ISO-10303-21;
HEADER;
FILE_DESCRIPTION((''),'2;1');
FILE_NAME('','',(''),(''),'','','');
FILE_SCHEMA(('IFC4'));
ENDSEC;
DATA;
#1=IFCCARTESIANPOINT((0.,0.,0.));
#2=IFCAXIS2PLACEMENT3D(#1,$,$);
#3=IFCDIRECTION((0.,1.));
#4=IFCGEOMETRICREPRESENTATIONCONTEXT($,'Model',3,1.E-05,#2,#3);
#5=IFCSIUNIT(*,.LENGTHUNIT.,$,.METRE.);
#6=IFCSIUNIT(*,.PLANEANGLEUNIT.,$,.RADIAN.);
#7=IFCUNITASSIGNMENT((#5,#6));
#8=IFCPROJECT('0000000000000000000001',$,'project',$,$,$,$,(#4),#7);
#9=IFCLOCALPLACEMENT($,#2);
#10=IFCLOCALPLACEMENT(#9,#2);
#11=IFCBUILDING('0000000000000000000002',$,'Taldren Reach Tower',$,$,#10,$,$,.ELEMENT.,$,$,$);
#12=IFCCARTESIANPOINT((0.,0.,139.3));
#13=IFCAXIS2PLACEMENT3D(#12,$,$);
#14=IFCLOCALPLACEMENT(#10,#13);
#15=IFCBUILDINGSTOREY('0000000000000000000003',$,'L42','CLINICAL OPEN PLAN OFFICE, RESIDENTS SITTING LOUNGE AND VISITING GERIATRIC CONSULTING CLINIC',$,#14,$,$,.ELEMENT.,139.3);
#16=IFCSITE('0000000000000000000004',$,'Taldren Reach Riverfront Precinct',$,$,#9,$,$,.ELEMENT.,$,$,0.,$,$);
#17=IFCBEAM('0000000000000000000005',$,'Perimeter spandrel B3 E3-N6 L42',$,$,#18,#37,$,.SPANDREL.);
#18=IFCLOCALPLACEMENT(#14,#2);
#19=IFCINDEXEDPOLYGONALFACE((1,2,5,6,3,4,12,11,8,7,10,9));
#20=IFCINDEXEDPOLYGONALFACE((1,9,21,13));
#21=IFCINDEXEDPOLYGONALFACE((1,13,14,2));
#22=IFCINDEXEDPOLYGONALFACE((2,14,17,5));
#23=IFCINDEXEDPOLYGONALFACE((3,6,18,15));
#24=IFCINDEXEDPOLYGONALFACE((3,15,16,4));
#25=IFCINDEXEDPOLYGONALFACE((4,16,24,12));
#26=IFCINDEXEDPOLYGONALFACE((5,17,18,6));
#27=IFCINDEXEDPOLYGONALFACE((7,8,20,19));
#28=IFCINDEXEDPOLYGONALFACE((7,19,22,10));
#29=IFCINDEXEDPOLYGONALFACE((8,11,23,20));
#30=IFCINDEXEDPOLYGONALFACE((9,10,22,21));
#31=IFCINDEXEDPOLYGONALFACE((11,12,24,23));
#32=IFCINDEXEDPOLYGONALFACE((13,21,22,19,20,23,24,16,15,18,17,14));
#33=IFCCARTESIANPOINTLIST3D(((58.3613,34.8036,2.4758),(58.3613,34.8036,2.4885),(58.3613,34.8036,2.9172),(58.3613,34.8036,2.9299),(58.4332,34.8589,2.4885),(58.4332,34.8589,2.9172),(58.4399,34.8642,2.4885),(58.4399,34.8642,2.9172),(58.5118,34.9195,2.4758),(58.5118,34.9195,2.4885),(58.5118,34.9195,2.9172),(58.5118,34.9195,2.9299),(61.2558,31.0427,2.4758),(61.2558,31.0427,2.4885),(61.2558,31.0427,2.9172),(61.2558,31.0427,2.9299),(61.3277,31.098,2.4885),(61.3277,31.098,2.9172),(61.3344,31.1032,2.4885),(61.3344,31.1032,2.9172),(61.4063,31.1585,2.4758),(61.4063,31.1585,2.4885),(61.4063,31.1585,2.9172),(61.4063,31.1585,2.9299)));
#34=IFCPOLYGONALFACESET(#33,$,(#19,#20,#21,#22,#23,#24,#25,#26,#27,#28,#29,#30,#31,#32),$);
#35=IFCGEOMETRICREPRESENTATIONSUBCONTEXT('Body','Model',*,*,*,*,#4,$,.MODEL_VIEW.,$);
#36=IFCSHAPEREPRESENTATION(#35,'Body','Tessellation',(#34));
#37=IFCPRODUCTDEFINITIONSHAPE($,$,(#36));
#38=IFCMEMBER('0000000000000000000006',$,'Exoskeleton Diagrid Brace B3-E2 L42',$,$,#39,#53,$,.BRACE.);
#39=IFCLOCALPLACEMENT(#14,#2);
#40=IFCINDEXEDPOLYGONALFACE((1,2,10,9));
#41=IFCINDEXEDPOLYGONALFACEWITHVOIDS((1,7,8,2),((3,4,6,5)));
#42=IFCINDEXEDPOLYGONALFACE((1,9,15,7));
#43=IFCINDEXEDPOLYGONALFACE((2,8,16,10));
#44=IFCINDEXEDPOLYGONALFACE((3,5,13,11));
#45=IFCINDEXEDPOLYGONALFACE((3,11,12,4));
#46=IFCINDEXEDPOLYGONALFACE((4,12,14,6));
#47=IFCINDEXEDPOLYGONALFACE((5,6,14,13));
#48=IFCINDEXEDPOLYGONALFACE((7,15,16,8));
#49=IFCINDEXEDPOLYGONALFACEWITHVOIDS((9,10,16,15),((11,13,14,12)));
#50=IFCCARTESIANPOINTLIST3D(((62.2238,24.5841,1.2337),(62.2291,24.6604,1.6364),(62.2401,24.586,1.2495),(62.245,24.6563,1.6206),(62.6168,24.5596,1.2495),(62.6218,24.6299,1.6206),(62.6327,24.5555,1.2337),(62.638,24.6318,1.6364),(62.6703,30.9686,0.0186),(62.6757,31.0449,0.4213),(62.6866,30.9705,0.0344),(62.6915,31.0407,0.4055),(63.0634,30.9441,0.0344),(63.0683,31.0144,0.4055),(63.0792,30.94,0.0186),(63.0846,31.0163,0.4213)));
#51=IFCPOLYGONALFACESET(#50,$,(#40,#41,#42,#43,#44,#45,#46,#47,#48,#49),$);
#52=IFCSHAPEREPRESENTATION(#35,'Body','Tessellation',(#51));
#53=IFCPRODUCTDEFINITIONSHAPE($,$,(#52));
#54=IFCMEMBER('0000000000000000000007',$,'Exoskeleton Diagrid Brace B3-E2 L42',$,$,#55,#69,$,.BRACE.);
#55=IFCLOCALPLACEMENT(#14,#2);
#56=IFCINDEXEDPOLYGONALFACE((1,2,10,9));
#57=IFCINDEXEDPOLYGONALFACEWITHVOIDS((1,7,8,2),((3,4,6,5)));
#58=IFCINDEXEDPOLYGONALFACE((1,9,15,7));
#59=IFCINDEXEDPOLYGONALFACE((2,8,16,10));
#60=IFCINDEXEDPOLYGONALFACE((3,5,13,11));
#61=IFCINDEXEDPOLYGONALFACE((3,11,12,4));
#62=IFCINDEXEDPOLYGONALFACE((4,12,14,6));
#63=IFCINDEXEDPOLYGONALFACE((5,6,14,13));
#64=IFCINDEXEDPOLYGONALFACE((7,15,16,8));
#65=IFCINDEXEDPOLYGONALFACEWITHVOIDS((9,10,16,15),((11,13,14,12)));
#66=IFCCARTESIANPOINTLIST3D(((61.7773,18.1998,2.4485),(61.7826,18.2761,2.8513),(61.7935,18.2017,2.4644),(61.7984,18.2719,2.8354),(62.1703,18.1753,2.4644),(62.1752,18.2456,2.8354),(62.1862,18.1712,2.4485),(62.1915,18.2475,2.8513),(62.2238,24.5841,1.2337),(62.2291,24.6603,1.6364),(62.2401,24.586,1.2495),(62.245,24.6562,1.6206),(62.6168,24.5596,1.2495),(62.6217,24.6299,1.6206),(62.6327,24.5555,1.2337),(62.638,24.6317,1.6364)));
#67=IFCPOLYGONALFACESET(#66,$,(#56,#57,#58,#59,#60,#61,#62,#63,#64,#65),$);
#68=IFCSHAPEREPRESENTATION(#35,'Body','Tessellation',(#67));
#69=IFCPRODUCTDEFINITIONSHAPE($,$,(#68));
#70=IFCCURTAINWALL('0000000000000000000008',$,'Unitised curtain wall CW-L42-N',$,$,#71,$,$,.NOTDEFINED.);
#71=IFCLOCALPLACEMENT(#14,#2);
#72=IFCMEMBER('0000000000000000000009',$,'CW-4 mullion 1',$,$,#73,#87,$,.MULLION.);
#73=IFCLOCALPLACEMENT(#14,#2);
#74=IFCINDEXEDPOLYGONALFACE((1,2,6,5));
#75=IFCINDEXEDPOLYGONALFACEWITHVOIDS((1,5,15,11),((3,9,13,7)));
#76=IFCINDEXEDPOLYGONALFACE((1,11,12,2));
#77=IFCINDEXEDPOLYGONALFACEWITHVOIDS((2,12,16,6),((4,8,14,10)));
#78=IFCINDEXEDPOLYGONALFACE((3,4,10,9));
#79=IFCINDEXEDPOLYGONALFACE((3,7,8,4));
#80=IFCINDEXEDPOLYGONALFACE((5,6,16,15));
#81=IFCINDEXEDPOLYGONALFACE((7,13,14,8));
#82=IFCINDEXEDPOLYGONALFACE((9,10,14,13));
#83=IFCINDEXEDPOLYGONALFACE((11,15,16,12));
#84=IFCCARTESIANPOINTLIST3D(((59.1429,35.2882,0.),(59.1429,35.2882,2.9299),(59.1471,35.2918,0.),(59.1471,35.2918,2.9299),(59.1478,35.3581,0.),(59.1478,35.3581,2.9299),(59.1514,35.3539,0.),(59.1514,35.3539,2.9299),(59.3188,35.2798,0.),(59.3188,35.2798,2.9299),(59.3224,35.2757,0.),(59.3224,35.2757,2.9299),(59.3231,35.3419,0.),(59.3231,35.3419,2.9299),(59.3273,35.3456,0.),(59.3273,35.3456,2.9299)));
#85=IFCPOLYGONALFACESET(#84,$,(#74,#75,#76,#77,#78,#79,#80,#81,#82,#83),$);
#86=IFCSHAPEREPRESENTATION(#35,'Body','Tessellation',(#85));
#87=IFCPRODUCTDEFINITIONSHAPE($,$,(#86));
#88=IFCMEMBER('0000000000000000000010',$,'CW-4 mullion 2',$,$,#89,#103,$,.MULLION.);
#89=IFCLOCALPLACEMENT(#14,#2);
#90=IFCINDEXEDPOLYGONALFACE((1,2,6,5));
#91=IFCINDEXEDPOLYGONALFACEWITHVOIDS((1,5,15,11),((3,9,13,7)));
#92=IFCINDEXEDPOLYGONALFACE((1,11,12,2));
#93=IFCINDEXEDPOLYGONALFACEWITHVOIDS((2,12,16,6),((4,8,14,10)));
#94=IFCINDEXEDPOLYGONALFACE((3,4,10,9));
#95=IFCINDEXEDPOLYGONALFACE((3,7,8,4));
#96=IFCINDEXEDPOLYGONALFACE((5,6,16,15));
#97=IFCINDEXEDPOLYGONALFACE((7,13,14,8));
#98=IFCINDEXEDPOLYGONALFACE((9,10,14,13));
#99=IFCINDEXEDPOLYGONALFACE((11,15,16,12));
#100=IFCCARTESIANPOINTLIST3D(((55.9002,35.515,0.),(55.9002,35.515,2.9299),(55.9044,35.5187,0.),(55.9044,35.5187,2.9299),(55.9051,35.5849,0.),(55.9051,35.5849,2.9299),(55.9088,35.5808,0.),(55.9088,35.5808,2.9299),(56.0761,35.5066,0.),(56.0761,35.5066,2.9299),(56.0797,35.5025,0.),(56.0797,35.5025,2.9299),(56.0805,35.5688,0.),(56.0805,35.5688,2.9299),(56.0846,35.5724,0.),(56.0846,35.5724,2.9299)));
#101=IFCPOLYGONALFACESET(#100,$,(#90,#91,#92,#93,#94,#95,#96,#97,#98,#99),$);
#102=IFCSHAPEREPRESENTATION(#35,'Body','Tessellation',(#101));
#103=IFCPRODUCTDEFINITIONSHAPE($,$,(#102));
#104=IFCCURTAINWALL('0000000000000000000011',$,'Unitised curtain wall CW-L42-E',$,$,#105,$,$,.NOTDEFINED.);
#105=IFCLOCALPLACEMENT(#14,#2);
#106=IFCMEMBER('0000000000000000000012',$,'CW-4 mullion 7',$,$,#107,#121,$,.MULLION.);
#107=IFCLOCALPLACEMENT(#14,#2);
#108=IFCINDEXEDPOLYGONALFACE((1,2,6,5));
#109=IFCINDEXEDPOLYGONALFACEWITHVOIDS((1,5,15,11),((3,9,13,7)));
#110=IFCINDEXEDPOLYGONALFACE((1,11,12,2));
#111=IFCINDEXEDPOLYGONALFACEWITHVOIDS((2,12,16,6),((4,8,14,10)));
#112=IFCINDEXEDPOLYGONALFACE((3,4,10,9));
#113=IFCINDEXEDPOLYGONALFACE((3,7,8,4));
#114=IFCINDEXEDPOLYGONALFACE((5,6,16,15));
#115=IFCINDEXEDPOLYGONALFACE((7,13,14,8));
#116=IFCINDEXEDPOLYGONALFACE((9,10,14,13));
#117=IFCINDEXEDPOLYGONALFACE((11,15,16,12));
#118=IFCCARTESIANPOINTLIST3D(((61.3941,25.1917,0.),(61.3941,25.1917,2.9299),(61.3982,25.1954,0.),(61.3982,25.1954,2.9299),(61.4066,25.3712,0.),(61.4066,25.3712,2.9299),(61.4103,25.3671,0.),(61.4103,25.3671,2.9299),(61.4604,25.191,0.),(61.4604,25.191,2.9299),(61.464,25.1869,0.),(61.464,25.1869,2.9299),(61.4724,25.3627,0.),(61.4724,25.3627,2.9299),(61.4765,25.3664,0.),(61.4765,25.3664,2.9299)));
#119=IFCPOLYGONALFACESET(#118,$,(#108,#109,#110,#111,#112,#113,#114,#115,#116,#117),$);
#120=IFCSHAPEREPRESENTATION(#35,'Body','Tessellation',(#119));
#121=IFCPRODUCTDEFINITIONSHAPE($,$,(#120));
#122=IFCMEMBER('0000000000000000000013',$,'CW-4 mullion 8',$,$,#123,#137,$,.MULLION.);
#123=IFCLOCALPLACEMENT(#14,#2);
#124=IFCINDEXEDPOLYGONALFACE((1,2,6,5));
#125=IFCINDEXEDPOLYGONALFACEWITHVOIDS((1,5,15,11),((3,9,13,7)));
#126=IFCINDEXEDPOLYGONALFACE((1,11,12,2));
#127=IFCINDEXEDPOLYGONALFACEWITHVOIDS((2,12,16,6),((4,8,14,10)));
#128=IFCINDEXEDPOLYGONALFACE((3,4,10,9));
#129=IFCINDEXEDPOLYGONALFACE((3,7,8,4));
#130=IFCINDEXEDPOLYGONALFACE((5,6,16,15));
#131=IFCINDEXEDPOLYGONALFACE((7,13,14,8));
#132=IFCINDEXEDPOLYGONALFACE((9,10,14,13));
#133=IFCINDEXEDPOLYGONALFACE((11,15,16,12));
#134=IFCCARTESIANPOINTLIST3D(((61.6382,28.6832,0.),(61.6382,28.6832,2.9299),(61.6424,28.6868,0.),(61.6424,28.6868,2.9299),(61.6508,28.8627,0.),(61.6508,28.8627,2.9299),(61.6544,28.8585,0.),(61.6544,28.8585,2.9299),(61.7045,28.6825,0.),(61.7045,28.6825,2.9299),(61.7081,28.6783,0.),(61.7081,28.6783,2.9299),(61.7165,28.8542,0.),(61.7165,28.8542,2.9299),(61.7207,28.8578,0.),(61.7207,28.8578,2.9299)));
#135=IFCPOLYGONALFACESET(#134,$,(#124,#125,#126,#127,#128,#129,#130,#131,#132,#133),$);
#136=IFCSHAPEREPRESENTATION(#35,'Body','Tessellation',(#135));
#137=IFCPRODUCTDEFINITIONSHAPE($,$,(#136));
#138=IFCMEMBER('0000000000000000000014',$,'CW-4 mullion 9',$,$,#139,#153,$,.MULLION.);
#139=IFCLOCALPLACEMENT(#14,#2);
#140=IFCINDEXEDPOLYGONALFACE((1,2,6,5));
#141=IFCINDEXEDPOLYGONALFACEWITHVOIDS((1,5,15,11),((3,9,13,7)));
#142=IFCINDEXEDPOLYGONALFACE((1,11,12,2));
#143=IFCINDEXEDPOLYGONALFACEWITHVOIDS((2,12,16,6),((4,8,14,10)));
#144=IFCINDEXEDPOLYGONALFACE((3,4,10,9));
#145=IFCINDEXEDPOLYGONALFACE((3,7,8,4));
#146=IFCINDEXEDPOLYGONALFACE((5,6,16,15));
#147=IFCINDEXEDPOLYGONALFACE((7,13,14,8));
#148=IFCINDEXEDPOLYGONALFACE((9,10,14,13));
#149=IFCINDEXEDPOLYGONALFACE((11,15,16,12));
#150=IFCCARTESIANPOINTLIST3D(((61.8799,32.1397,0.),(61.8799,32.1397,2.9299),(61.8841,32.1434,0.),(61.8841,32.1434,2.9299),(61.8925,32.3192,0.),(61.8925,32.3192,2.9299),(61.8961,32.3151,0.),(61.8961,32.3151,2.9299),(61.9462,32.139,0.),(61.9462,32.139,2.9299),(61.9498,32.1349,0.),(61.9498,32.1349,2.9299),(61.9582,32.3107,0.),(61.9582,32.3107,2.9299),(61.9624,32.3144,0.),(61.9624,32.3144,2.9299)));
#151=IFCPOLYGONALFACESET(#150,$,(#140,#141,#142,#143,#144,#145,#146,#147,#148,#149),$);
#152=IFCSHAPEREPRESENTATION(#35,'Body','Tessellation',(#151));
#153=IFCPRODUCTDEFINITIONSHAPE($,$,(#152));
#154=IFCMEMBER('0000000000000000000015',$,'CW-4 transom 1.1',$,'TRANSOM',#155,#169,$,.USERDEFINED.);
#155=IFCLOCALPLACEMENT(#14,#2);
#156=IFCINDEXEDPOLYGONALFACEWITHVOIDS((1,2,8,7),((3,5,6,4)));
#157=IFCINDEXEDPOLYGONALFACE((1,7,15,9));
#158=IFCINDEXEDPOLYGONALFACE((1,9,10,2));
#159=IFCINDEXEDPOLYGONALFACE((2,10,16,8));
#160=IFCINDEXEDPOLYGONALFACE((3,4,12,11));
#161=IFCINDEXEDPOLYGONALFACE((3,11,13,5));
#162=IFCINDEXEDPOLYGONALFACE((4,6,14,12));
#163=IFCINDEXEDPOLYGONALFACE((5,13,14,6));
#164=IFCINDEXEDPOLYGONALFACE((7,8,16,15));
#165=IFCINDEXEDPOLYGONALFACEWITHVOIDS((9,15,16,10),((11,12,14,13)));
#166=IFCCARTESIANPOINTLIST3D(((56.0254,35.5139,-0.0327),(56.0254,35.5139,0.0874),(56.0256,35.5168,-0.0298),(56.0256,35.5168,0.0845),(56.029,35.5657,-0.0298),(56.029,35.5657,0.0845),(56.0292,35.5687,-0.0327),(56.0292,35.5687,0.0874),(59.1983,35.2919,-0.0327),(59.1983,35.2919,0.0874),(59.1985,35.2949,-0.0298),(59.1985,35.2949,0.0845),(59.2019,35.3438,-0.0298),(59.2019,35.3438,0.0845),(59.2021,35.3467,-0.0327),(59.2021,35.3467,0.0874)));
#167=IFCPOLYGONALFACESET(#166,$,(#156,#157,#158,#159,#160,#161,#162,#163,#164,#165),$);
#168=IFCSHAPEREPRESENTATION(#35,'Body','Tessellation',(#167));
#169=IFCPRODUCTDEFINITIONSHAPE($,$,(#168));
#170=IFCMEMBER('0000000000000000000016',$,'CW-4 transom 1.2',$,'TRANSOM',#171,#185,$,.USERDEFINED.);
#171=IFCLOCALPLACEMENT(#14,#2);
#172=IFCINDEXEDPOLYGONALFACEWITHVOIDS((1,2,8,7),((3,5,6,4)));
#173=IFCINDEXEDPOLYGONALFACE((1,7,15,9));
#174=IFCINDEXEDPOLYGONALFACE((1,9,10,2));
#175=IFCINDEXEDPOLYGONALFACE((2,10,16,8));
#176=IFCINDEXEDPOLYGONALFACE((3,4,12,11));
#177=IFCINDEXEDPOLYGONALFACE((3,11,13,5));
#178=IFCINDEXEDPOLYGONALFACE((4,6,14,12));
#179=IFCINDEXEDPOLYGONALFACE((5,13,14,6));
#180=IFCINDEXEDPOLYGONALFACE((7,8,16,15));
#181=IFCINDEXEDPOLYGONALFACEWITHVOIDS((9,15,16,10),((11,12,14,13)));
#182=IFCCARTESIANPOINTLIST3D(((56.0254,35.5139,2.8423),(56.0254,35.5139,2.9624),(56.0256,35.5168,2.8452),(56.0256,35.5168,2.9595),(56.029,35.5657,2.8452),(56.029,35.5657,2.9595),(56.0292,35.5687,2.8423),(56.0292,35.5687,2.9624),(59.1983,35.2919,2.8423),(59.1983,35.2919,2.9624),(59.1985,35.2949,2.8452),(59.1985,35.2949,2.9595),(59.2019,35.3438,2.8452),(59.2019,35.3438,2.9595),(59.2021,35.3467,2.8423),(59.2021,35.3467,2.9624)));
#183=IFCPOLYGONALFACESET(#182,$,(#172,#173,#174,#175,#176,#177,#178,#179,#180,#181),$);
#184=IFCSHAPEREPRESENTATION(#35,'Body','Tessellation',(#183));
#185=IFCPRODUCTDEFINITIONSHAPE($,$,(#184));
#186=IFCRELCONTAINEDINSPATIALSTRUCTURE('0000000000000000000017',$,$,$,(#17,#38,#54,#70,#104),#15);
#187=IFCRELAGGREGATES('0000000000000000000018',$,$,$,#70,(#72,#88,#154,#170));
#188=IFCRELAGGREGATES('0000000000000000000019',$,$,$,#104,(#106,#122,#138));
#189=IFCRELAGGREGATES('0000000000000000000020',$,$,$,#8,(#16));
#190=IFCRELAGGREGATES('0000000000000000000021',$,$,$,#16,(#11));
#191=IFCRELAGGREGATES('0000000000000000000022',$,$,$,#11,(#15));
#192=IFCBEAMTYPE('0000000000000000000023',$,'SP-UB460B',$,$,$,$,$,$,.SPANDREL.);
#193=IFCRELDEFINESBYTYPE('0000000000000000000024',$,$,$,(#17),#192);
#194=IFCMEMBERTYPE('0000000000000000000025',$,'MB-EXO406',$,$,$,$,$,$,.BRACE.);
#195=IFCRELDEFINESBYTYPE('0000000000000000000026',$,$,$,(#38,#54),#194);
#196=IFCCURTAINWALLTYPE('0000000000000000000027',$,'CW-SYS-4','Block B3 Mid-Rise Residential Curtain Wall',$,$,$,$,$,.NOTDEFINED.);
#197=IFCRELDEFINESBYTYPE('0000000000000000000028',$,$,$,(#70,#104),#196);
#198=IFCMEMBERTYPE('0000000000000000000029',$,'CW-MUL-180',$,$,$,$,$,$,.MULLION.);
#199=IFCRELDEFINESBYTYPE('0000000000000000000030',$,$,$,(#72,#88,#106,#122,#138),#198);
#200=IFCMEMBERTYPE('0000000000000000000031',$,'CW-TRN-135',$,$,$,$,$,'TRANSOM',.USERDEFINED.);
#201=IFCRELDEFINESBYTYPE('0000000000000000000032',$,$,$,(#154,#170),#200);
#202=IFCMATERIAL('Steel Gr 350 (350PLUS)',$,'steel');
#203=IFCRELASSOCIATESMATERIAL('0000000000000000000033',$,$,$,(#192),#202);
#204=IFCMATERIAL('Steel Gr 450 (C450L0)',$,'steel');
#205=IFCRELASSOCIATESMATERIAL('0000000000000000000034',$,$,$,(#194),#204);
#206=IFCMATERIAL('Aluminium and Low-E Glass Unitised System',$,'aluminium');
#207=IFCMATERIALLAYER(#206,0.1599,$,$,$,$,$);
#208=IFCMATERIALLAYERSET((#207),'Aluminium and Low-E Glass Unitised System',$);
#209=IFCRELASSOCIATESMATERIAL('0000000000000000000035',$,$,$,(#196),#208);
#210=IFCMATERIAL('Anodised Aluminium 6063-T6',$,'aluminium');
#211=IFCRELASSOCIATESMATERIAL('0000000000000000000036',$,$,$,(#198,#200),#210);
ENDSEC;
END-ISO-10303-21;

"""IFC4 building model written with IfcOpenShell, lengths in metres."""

from ifc_helpers import new_model, si_unit, direction, frame, origin, origin_2d, place, context, subcontext, project, spatial, hollow_rectangle, i_section, extrude, source, transform, mapped, material, layer, layer_set, material_profile, profile_set, type_object, element, aggregate, save


model = new_model("IFC4")

# Units and contexts
model_context = context("Model", 3, precision=1e-05, world=origin(), true_north=direction((0.0, 1.0)))
body_context = subcontext(model_context, "Body", "Model", "MODEL_VIEW")
ifc_project = project(units=[si_unit("LENGTHUNIT", "METRE"), si_unit("PLANEANGLEUNIT", "RADIAN")], contexts=[model_context])

# Site, building, storey
site_placement = place(None, origin())
site = spatial("IfcSite", under=ifc_project, at=site_placement, Name="Taldren Reach Riverfront Precinct", CompositionType="ELEMENT", RefElevation=0.0)
building_placement = place(site_placement, origin())
building = spatial("IfcBuilding", under=site, at=building_placement, Name="Taldren Reach Tower", CompositionType="ELEMENT")
storey_placement = place(building_placement, frame((0.0, 0.0, 139.3)))
storey = spatial("IfcBuildingStorey", under=building, at=storey_placement, Name="L42", Description="CLINICAL OPEN PLAN OFFICE, RESIDENTS SITTING LOUNGE AND VISITING GERIATRIC CONSULTING CLINIC", CompositionType="ELEMENT", Elevation=139.3)

# Shared definitions
ifc_material_1 = material(Name="Steel Gr 450 (C450L0)", Category="steel")
ifc_material_2 = material(Name="Steel Gr 350 (350PLUS)", Category="steel")

# Beam
ifc_material_profile_1 = material_profile(ifc_material_2, i_section(OverallWidth=0.1899, OverallDepth=0.4541, WebThickness=0.0085, FlangeThickness=0.0127, at=origin_2d()), Name="460UB67.1")
ifc_profile_set_1 = profile_set([ifc_material_profile_1], Name="Steel Gr 350 (350PLUS)")
beam_type = type_object("IfcBeamType", Name="SP-UB460B", PredefinedType="SPANDREL", material=ifc_profile_set_1)
shared_shape_1 = source(origin(), body_context, "Body", "SweptSolid", [
    extrude(i_section(OverallWidth=0.1899, OverallDepth=0.4541, WebThickness=0.0085, FlangeThickness=0.0127, at=origin_2d()), origin(), (0.0, 0.0, 1.0), 4.7458),
])
beam_1_placement = place(storey_placement, frame((61.3311, 31.1006, 2.7029), z_axis=(-0.609905, 0.792475, 0.0), x_axis=(-0.792475, -0.609905, 0.0)))
element("IfcBeam", 1, at=beam_1_placement, inside=storey, type_object=beam_type, Name="Perimeter spandrel B3 E3-N6 L42", PredefinedType="SPANDREL", context=body_context, shape_type="MappedRepresentation", body=[
    mapped(shared_shape_1, transform((0.0, 0.0, 0.0), scale=1.0)),
])

# Members
ifc_material_profile_2 = material_profile(ifc_material_1, hollow_rectangle(XDim=0.4099, YDim=0.4099, WallThickness=0.0161, at=origin_2d()), Name="410x410x16.0SHS")
ifc_profile_set_2 = profile_set([ifc_material_profile_2], Name="Steel Gr 450 (C450L0)")
member_type_1 = type_object("IfcMemberType", Name="MB-EXO406", PredefinedType="BRACE", material=ifc_profile_set_2)
shared_shape_2 = source(origin(), body_context, "Body", "SweptSolid", [
    extrude(hollow_rectangle(XDim=0.4099, YDim=0.4099, WallThickness=0.0161, at=origin_2d()), origin(), (0.0, 0.0, 1.0), 6.5144),
])
member_1_placement = place(storey_placement, frame((62.8774, 30.9924, 0.22), z_axis=(-0.068545, -0.980057, 0.186522), x_axis=(0.997563, -0.06977, 0.0)))
element("IfcMember", 2, at=member_1_placement, inside=storey, type_object=member_type_1, Name="Exoskeleton Diagrid Brace B3-E2 L42", PredefinedType="BRACE", context=body_context, shape_type="MappedRepresentation", body=[
    mapped(shared_shape_2, transform((0.0, 0.0, 0.0), scale=1.0)),
])
shared_shape_3 = source(origin(), body_context, "Body", "SweptSolid", [
    extrude(hollow_rectangle(XDim=0.4099, YDim=0.4099, WallThickness=0.0161, at=origin_2d()), origin(), (0.0, 0.0, 1.0), 6.5142),
])
member_2_placement = place(storey_placement, frame((62.4309, 24.6079, 1.4351), z_axis=(-0.068548, -0.980062, 0.186493), x_axis=(0.997563, -0.069772, 0.0)))
element("IfcMember", 3, at=member_2_placement, inside=storey, type_object=member_type_1, Name="Exoskeleton Diagrid Brace B3-E2 L42", PredefinedType="BRACE", context=body_context, shape_type="MappedRepresentation", body=[
    mapped(shared_shape_3, transform((0.0, 0.0, 0.0), scale=1.0)),
])

# Curtain walls, members
ifc_material_3 = material(Name="Aluminium and Low-E Glass Unitised System", Category="aluminium")
ifc_layer_1 = layer(ifc_material_3, 0.1599)
ifc_layer_set_1 = layer_set([ifc_layer_1], Name="Aluminium and Low-E Glass Unitised System")
curtain_wall_type = type_object("IfcCurtainWallType", Name="CW-SYS-4", Description="Block B3 Mid-Rise Residential Curtain Wall", PredefinedType="NOTDEFINED", material=ifc_layer_set_1)
curtain_wall_1_placement = place(storey_placement, origin())
curtain_wall_1 = element("IfcCurtainWall", 4, at=curtain_wall_1_placement, inside=storey, type_object=curtain_wall_type, Name="Unitised curtain wall CW-L42-N", PredefinedType="NOTDEFINED")
ifc_material_4 = material(Name="Anodised Aluminium 6063-T6", Category="aluminium")
ifc_material_profile_3 = material_profile(ifc_material_4, hollow_rectangle(XDim=0.0701, YDim=0.1799, WallThickness=0.0039, at=origin_2d()), Name="ALU-180x70x4RHS")
ifc_profile_set_3 = profile_set([ifc_material_profile_3], Name="Anodised Aluminium 6063-T6")
member_type_2 = type_object("IfcMemberType", Name="CW-MUL-180", PredefinedType="MULLION", material=ifc_profile_set_3)
shared_shape_4 = source(origin(), body_context, "Body", "SweptSolid", [
    extrude(hollow_rectangle(XDim=0.0701, YDim=0.1799, WallThickness=0.0039, at=origin_2d()), origin(), (0.0, 0.0, 1.0), 2.9299),
])
member_3_placement = place(storey_placement, frame((59.2351, 35.3169, 0.0), z_axis=(0.0, 0.0, 1.0), x_axis=(-0.069757, -0.997564, 0.0)))
member_3 = element("IfcMember", 5, at=member_3_placement, type_object=member_type_2, Name="CW-4 mullion 1", PredefinedType="MULLION", context=body_context, shape_type="MappedRepresentation", body=[
    mapped(shared_shape_4, transform((0.0, 0.0, 0.0), scale=1.0)),
])
member_4_placement = place(storey_placement, frame((55.9924, 35.5437, 0.0), z_axis=(0.0, 0.0, 1.0), x_axis=(-0.069757, -0.997564, 0.0)))
member_4 = element("IfcMember", 6, at=member_4_placement, type_object=member_type_2, Name="CW-4 mullion 2", PredefinedType="MULLION", context=body_context, shape_type="MappedRepresentation", body=[
    mapped(shared_shape_4, transform((0.0, 0.0, 0.0), scale=1.0)),
])
curtain_wall_2_placement = place(storey_placement, origin())
curtain_wall_2 = element("IfcCurtainWall", 7, at=curtain_wall_2_placement, inside=storey, type_object=curtain_wall_type, Name="Unitised curtain wall CW-L42-E", PredefinedType="NOTDEFINED")
member_5_placement = place(storey_placement, frame((61.4353, 25.2791, 0.0), z_axis=(0.0, 0.0, 1.0), x_axis=(-0.997564, 0.069756, 0.0)))
member_5 = element("IfcMember", 8, at=member_5_placement, type_object=member_type_2, Name="CW-4 mullion 7", PredefinedType="MULLION", context=body_context, shape_type="MappedRepresentation", body=[
    mapped(shared_shape_4, transform((0.0, 0.0, 0.0), scale=1.0)),
])
member_6_placement = place(storey_placement, frame((61.6794, 28.7705, 0.0), z_axis=(0.0, 0.0, 1.0), x_axis=(-0.997564, 0.069756, 0.0)))
member_6 = element("IfcMember", 9, at=member_6_placement, type_object=member_type_2, Name="CW-4 mullion 8", PredefinedType="MULLION", context=body_context, shape_type="MappedRepresentation", body=[
    mapped(shared_shape_4, transform((0.0, 0.0, 0.0), scale=1.0)),
])
member_7_placement = place(storey_placement, frame((61.9211, 32.2271, 0.0), z_axis=(0.0, 0.0, 1.0), x_axis=(-0.997564, 0.069756, 0.0)))
member_7 = element("IfcMember", 10, at=member_7_placement, type_object=member_type_2, Name="CW-4 mullion 9", PredefinedType="MULLION", context=body_context, shape_type="MappedRepresentation", body=[
    mapped(shared_shape_4, transform((0.0, 0.0, 0.0), scale=1.0)),
])

# Members
ifc_material_profile_4 = material_profile(ifc_material_4, hollow_rectangle(XDim=0.0549, YDim=0.1201, WallThickness=0.0029, at=origin_2d()), Name="ALU-120x55x3RHS")
ifc_profile_set_4 = profile_set([ifc_material_profile_4], Name="Anodised Aluminium 6063-T6")
member_type_3 = type_object("IfcMemberType", Name="CW-TRN-135", ElementType="TRANSOM", PredefinedType="USERDEFINED", material=ifc_profile_set_4)
shared_shape_5 = source(origin(), body_context, "Body", "SweptSolid", [
    extrude(hollow_rectangle(XDim=0.0549, YDim=0.1201, WallThickness=0.0029, at=origin_2d()), origin(), (0.0, 0.0, 1.0), 3.1807),
])
member_8_placement = place(storey_placement, frame((59.2002, 35.3193, 0.0273), z_axis=(-0.997563, 0.069774, 0.0), x_axis=(-0.069774, -0.997563, 0.0)))
member_8 = element("IfcMember", 11, at=member_8_placement, type_object=member_type_3, Name="CW-4 transom 1.1", ObjectType="TRANSOM", PredefinedType="USERDEFINED", context=body_context, shape_type="MappedRepresentation", body=[
    mapped(shared_shape_5, transform((0.0, 0.0, 0.0), scale=1.0)),
])
member_9_placement = place(storey_placement, frame((59.2002, 35.3193, 2.9023), z_axis=(-0.997563, 0.069774, 0.0), x_axis=(-0.069774, -0.997563, 0.0)))
member_9 = element("IfcMember", 12, at=member_9_placement, type_object=member_type_3, Name="CW-4 transom 1.2", ObjectType="TRANSOM", PredefinedType="USERDEFINED", context=body_context, shape_type="MappedRepresentation", body=[
    mapped(shared_shape_5, transform((0.0, 0.0, 0.0), scale=1.0)),
])

aggregate(curtain_wall_1, [member_3, member_4, member_8, member_9])
aggregate(curtain_wall_2, [member_5, member_6, member_7])

save(model, "model.ifc")
